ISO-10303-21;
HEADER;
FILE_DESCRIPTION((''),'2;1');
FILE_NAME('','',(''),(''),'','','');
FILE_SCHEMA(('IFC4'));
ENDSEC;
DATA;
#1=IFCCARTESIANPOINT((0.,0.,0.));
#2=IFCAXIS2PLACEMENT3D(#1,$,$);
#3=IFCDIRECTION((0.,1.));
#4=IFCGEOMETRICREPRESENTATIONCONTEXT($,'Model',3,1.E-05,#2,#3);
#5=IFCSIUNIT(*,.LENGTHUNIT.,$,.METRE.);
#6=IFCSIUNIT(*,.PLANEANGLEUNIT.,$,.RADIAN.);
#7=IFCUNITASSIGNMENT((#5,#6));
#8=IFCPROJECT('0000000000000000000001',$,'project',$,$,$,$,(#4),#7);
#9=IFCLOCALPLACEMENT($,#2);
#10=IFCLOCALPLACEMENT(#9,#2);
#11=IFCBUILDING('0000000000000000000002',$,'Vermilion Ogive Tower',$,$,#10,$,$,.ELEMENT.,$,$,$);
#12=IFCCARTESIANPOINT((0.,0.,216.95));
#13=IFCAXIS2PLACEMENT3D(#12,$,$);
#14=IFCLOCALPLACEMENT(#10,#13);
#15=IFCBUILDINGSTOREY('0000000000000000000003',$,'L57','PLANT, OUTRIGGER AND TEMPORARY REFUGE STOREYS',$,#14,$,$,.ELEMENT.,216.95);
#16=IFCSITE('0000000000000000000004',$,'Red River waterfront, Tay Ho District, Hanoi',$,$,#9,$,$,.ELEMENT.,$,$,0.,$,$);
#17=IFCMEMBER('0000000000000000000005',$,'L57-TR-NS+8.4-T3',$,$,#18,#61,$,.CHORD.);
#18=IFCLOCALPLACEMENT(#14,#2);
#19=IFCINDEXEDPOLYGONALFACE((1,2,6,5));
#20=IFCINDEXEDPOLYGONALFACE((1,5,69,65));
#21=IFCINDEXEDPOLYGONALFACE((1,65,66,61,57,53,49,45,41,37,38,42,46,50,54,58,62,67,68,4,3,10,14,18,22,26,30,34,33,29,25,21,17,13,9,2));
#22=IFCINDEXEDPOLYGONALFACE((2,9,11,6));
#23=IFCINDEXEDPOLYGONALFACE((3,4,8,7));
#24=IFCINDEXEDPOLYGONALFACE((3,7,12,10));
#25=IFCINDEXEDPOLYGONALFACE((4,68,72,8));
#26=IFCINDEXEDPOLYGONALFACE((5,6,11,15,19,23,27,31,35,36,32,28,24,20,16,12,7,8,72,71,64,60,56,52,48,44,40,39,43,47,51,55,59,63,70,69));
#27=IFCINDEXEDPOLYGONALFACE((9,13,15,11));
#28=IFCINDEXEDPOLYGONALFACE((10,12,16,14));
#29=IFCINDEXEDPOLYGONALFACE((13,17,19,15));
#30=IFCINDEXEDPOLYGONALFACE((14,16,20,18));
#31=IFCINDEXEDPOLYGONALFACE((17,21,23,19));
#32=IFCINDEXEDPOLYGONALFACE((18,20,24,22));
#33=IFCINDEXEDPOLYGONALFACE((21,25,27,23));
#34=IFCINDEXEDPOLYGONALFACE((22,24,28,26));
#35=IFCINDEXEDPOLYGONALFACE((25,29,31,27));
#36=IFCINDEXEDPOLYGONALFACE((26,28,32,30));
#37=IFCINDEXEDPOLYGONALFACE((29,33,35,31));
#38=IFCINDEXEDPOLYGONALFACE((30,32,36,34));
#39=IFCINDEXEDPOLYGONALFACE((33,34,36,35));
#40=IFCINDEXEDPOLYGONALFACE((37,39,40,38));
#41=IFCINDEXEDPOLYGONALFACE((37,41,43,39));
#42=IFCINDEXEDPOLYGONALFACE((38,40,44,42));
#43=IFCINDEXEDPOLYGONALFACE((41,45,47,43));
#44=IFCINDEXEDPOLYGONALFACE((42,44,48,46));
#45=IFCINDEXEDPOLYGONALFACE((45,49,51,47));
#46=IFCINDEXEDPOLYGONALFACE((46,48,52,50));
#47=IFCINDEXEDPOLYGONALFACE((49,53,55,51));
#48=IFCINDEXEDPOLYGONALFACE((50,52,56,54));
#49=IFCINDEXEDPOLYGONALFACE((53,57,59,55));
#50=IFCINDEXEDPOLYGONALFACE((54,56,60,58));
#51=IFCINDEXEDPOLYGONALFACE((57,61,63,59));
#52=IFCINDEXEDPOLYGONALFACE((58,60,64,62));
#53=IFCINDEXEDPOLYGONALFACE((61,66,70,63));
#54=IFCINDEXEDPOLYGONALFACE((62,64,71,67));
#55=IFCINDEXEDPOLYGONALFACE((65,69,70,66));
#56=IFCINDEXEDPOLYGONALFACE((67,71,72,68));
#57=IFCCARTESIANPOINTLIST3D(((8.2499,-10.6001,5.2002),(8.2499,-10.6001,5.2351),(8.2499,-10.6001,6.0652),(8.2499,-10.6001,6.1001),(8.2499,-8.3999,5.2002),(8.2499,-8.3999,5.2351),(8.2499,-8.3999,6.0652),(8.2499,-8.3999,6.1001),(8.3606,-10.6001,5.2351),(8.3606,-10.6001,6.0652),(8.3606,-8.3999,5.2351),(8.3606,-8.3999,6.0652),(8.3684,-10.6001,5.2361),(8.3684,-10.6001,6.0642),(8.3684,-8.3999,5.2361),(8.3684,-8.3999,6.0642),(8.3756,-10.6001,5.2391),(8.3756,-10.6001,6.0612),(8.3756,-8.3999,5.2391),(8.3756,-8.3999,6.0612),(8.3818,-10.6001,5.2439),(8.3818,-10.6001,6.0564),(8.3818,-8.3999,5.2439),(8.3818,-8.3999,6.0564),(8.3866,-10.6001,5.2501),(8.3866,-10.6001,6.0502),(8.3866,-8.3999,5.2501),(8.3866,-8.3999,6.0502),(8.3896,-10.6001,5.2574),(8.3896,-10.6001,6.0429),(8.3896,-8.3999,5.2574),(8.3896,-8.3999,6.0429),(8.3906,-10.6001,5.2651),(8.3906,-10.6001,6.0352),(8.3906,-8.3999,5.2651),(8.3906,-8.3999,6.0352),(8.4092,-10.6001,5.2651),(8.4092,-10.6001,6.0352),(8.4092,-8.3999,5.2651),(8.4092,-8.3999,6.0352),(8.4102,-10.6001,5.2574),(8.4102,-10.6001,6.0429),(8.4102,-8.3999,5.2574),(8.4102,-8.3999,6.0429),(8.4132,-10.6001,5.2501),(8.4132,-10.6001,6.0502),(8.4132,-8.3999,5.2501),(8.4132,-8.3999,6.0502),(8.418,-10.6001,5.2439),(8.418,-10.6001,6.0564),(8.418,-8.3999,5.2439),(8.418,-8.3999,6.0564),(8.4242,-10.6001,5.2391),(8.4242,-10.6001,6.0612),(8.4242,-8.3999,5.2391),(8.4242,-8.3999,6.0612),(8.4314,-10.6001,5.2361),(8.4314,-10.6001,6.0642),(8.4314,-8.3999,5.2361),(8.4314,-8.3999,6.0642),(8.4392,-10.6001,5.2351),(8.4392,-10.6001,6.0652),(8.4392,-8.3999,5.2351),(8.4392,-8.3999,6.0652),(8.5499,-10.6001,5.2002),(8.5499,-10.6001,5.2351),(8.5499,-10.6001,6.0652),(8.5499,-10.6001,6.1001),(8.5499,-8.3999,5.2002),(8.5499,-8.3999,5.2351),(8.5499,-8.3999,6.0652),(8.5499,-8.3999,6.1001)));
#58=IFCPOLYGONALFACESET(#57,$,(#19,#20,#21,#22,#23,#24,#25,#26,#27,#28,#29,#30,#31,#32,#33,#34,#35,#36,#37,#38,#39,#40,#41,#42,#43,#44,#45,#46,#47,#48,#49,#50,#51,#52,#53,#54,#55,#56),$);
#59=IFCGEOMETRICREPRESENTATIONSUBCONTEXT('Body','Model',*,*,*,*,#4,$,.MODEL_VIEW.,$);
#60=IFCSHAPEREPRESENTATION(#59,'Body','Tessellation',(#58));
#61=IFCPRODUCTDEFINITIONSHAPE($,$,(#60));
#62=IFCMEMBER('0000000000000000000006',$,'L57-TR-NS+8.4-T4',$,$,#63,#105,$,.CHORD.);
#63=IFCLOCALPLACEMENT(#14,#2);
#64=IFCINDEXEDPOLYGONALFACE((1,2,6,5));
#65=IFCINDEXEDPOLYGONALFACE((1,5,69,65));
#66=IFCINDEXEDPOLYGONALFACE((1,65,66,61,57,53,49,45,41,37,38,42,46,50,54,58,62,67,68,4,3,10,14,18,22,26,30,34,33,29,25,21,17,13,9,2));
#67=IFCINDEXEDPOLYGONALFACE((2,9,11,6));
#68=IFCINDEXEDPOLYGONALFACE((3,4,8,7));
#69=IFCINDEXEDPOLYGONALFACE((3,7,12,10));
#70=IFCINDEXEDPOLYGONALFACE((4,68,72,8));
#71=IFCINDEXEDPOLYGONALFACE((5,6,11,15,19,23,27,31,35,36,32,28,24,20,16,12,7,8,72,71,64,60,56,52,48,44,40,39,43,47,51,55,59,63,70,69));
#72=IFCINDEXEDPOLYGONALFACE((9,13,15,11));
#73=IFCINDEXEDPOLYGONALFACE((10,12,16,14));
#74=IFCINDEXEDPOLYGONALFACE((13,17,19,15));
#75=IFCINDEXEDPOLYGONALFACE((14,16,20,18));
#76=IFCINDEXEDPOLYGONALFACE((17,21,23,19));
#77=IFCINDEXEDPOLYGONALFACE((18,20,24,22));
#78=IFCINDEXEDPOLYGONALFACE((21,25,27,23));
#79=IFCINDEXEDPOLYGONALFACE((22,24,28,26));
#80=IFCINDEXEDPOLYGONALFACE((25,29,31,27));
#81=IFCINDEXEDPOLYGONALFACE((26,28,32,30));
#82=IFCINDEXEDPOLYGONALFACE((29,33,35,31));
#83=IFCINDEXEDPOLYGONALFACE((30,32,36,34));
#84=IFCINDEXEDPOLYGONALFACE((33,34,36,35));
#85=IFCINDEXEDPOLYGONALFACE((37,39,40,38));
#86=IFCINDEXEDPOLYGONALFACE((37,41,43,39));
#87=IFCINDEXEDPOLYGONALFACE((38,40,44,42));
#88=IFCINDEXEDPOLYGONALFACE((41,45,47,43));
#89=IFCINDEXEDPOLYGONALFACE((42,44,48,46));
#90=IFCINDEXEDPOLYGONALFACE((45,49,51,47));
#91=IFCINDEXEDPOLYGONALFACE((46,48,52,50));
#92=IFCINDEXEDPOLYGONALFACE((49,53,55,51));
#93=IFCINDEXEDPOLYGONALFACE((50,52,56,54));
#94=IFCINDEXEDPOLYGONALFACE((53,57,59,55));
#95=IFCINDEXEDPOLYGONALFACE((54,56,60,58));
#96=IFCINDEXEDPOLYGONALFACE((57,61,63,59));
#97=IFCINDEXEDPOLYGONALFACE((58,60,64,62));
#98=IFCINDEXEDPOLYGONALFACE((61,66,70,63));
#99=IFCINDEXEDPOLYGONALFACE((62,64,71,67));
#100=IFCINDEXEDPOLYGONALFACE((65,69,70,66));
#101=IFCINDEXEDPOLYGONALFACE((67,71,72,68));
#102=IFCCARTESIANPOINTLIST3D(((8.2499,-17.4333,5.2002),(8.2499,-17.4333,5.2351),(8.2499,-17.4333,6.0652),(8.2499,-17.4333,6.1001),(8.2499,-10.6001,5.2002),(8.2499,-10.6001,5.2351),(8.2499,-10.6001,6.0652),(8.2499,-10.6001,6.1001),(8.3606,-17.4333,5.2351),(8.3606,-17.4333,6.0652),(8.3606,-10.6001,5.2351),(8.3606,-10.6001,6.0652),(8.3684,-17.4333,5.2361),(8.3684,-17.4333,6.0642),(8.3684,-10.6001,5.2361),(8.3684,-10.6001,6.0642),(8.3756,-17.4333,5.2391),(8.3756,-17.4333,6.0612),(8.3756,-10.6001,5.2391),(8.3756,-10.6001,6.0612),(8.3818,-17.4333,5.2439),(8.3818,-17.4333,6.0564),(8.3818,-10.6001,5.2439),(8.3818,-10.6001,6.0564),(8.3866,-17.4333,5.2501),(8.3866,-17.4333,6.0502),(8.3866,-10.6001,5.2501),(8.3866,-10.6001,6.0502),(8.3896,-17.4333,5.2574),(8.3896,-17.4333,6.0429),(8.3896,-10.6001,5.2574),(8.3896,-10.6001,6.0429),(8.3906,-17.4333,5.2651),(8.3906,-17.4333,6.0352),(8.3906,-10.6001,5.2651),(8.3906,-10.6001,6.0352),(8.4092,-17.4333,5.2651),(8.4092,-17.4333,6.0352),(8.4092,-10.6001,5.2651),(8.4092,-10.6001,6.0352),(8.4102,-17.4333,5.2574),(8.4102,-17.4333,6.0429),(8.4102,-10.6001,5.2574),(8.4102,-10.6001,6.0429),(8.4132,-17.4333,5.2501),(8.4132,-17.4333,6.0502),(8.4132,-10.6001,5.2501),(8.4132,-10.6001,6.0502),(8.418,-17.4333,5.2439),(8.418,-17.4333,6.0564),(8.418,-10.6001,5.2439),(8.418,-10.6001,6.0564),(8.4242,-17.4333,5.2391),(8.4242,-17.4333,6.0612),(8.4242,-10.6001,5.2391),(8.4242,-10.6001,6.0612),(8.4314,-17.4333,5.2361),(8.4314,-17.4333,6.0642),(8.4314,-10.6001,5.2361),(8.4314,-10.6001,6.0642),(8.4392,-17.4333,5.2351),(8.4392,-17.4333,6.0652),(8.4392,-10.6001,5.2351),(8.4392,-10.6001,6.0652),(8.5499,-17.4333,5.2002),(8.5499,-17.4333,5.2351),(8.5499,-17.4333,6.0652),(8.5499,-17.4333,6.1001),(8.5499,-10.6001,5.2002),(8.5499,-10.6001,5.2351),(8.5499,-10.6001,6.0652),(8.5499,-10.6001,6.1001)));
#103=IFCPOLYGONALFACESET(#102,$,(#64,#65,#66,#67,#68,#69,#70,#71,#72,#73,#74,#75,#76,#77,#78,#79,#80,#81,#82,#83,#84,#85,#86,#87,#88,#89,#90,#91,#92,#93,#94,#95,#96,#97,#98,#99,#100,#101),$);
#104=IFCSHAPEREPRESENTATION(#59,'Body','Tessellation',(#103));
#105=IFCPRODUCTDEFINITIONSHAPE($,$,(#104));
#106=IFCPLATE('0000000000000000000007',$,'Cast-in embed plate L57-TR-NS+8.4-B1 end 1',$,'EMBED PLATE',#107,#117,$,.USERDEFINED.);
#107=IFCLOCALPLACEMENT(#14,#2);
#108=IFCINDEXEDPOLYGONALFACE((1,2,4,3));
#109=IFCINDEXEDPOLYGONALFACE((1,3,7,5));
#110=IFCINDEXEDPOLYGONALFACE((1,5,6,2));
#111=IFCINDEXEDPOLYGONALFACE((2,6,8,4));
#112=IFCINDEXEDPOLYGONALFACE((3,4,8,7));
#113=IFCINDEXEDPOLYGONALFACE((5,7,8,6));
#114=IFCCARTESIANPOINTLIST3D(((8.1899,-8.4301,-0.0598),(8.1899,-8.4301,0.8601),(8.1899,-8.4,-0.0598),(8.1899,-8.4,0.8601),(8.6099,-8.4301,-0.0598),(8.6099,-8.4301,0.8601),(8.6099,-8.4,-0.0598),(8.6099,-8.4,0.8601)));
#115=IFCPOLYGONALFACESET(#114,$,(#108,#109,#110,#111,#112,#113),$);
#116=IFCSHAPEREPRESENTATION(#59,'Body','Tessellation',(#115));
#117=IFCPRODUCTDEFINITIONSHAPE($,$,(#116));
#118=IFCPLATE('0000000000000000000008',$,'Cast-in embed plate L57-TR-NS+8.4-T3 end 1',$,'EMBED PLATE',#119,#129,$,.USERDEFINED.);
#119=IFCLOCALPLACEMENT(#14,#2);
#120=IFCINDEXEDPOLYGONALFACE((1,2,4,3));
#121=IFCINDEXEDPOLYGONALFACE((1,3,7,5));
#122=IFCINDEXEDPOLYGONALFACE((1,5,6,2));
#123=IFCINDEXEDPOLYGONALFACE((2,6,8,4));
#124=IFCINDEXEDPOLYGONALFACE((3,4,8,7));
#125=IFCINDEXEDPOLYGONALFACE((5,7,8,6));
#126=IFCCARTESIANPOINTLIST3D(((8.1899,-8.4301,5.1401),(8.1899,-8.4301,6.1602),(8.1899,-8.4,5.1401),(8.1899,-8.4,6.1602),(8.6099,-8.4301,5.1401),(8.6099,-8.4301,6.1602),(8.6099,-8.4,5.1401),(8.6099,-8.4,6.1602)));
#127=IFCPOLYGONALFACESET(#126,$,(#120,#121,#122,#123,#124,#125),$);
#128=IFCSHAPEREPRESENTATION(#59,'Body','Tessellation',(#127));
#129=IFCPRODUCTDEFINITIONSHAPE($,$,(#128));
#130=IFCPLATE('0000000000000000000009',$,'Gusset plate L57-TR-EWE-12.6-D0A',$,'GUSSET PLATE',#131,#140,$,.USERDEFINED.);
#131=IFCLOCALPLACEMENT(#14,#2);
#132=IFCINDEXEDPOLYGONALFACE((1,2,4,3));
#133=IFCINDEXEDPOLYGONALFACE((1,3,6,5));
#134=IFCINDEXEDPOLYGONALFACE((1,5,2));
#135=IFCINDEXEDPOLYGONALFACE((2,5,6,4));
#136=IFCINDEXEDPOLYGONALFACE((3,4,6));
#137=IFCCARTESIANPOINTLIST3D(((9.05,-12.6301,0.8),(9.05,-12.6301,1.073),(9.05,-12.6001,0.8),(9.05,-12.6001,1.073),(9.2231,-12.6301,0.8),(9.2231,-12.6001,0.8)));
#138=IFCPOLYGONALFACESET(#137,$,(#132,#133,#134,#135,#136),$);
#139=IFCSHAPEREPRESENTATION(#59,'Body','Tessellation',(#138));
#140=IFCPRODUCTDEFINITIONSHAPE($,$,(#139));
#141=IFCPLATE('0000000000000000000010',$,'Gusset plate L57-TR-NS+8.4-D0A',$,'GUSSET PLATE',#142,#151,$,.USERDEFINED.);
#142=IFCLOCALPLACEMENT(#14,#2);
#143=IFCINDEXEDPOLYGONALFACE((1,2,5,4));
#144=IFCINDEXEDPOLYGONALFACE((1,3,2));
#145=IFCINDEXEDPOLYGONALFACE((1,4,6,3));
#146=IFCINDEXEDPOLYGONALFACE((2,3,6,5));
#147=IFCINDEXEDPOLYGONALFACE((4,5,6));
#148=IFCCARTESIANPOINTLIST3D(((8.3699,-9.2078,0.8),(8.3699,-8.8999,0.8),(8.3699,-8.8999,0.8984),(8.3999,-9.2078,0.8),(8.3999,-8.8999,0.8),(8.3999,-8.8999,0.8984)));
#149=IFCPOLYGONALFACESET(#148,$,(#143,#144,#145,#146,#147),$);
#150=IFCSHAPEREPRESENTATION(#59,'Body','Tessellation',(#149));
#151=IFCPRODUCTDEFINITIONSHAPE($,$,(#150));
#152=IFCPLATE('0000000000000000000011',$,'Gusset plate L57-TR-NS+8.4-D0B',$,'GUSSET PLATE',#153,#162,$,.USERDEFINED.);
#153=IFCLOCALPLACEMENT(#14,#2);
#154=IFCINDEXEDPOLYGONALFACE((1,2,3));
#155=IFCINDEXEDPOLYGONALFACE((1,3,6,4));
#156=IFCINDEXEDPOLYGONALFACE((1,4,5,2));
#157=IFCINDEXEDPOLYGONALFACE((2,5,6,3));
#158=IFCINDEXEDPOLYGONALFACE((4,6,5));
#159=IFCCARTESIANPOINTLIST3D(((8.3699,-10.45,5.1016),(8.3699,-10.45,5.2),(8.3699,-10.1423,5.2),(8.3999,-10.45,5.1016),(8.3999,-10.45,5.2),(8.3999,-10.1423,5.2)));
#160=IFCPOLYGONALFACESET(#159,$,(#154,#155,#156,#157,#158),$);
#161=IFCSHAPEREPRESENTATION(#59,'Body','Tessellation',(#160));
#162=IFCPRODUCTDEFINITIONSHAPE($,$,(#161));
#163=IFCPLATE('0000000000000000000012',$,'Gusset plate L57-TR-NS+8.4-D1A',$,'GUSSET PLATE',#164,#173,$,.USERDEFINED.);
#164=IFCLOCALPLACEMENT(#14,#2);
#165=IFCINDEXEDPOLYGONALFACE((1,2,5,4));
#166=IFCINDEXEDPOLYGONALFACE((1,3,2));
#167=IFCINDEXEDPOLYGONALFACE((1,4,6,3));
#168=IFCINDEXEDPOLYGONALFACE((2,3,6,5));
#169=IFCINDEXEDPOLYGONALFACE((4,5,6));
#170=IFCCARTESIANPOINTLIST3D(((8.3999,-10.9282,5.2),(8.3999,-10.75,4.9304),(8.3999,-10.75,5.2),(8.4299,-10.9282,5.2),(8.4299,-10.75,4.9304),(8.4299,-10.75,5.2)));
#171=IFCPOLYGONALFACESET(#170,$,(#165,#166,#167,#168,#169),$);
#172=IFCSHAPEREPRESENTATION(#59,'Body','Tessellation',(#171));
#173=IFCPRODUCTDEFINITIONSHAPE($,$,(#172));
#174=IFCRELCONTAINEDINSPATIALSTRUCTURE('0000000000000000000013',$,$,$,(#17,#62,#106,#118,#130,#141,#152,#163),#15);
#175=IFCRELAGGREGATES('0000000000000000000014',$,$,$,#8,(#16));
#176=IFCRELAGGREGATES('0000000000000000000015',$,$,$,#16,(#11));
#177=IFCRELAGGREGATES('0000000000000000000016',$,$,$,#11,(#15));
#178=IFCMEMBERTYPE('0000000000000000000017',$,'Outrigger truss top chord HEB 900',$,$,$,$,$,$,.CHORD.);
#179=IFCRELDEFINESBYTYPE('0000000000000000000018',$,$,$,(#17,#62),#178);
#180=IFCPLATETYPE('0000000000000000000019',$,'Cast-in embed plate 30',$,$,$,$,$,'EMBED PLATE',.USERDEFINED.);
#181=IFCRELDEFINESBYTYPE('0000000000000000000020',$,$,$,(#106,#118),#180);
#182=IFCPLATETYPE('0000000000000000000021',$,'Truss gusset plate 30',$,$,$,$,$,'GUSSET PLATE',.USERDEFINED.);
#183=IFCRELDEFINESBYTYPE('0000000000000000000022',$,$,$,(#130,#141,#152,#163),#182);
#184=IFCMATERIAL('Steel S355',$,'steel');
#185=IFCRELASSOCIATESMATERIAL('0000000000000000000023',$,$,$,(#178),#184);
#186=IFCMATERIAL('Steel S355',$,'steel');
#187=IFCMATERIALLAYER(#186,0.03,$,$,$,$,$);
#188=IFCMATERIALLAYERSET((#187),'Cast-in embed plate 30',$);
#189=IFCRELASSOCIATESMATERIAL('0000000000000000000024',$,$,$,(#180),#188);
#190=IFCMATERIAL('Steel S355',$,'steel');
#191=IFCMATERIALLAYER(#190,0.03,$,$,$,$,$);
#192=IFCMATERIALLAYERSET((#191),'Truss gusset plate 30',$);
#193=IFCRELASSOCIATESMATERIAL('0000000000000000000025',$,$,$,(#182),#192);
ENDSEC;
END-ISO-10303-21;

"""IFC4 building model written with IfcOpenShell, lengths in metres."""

from ifc_helpers import new_model, si_unit, direction, frame, origin, origin_2d, place, context, subcontext, project, spatial, polyline, rectangle, i_section, outline, extrude, material, layer, layer_set, material_profile, profile_set, type_object, element, save


model = new_model("IFC4")

# Units and contexts
model_context = context("Model", 3, precision=1e-05, world=origin(), true_north=direction((0.0, 1.0)))
body_context = subcontext(model_context, "Body", "Model", "MODEL_VIEW")
ifc_project = project(units=[si_unit("LENGTHUNIT", "METRE"), si_unit("PLANEANGLEUNIT", "RADIAN")], contexts=[model_context])

# Site, building, storey
site_placement = place(None, origin())
site = spatial("IfcSite", under=ifc_project, at=site_placement, Name="Red River waterfront, Tay Ho District, Hanoi", CompositionType="ELEMENT", RefElevation=0.0)
building_placement = place(site_placement, origin())
building = spatial("IfcBuilding", under=site, at=building_placement, Name="Vermilion Ogive Tower", CompositionType="ELEMENT")
storey_placement = place(building_placement, frame((0.0, 0.0, 216.95)))
storey = spatial("IfcBuildingStorey", under=building, at=storey_placement, Name="L57", Description="PLANT, OUTRIGGER AND TEMPORARY REFUGE STOREYS", CompositionType="ELEMENT", Elevation=216.95)

# Members
ifc_material_1 = material(Name="Steel S355", Category="steel")
ifc_material_profile_1 = material_profile(ifc_material_1, i_section(OverallWidth=0.3, OverallDepth=0.8999, WebThickness=0.0186, FlangeThickness=0.0349, FilletRadius=0.03, at=origin_2d()), Name="HEB 900")
ifc_profile_set_1 = profile_set([ifc_material_profile_1], Name="Steel S355")
member_type_1 = type_object("IfcMemberType", Name="Outrigger truss top chord HEB 900", PredefinedType="CHORD", material=ifc_profile_set_1)
member_1_placement = place(storey_placement, frame((8.3999, -8.3999, 5.6501), z_axis=(0.0, -1.0, 0.0), x_axis=(1.0, 0.0, 0.0)))
element("IfcMember", 1, at=member_1_placement, inside=storey, type_object=member_type_1, Name="L57-TR-NS+8.4-T3", PredefinedType="CHORD", context=body_context, shape_type="SweptSolid", body=[
    extrude(i_section(OverallWidth=0.3, OverallDepth=0.8999, WebThickness=0.0186, FlangeThickness=0.0349, FilletRadius=0.03, at=origin_2d()), origin(), (0.0, 0.0, 1.0), 2.2002),
])
member_2_placement = place(storey_placement, frame((8.3999, -10.6001, 5.6501), z_axis=(0.0, -1.0, 0.0), x_axis=(1.0, 0.0, 0.0)))
element("IfcMember", 2, at=member_2_placement, inside=storey, type_object=member_type_1, Name="L57-TR-NS+8.4-T4", PredefinedType="CHORD", context=body_context, shape_type="SweptSolid", body=[
    extrude(i_section(OverallWidth=0.3, OverallDepth=0.8999, WebThickness=0.0186, FlangeThickness=0.0349, FilletRadius=0.03, at=origin_2d()), origin(), (0.0, 0.0, 1.0), 6.8333),
])

# Plates
ifc_material_2 = material(Name="Steel S355", Category="steel")
ifc_layer_1 = layer(ifc_material_2, 0.03)
ifc_layer_set_1 = layer_set([ifc_layer_1], Name="Cast-in embed plate 30")
plate_type_1 = type_object("IfcPlateType", Name="Cast-in embed plate 30", ElementType="EMBED PLATE", PredefinedType="USERDEFINED", material=ifc_layer_set_1)
plate_1_placement = place(storey_placement, frame((8.3999, -8.415, -0.0598), z_axis=(0.0, 0.0, 1.0), x_axis=(1.0, 0.0, 0.0)))
element("IfcPlate", 3, at=plate_1_placement, inside=storey, type_object=plate_type_1, Name="Cast-in embed plate L57-TR-NS+8.4-B1 end 1", ObjectType="EMBED PLATE", PredefinedType="USERDEFINED", context=body_context, shape_type="SweptSolid", body=[
    extrude(rectangle(XDim=0.4199, YDim=0.03, at=origin_2d()), origin(), (0.0, 0.0, 1.0), 0.9199),
])
plate_2_placement = place(storey_placement, frame((8.3999, -8.415, 5.1401), z_axis=(0.0, 0.0, 1.0), x_axis=(1.0, 0.0, 0.0)))
element("IfcPlate", 4, at=plate_2_placement, inside=storey, type_object=plate_type_1, Name="Cast-in embed plate L57-TR-NS+8.4-T3 end 1", ObjectType="EMBED PLATE", PredefinedType="USERDEFINED", context=body_context, shape_type="SweptSolid", body=[
    extrude(rectangle(XDim=0.4199, YDim=0.03, at=origin_2d()), origin(), (0.0, 0.0, 1.0), 1.02),
])
ifc_material_3 = material(Name="Steel S355", Category="steel")
ifc_layer_2 = layer(ifc_material_3, 0.03)
ifc_layer_set_2 = layer_set([ifc_layer_2], Name="Truss gusset plate 30")
plate_type_2 = type_object("IfcPlateType", Name="Truss gusset plate 30", ElementType="GUSSET PLATE", PredefinedType="USERDEFINED", material=ifc_layer_set_2)
plate_3_placement = place(storey_placement, frame((9.05, -12.6001, 1.073), z_axis=(0.0, 1.0, 0.0), x_axis=(0.535555, 0.0, -0.8445)))
element("IfcPlate", 5, at=plate_3_placement, inside=storey, type_object=plate_type_2, Name="Gusset plate L57-TR-EWE-12.6-D0A", ObjectType="GUSSET PLATE", PredefinedType="USERDEFINED", context=body_context, shape_type="SweptSolid", body=[
    extrude(outline(polyline([(0.0, 0.0), (0.3232, 0.0), (0.2305, 0.1462), (0.0, 0.0)])), origin(), (0.0, 0.0, -1.0), 0.03),
])
plate_4_placement = place(storey_placement, frame((8.3999, -8.8999, 0.8984), z_axis=(1.0, 0.0, 0.0), x_axis=(0.0, -0.952538, -0.304419)))
element("IfcPlate", 6, at=plate_4_placement, inside=storey, type_object=plate_type_2, Name="Gusset plate L57-TR-NS+8.4-D0A", ObjectType="GUSSET PLATE", PredefinedType="USERDEFINED", context=body_context, shape_type="SweptSolid", body=[
    extrude(outline(polyline([(0.0, 0.0), (0.3232, 0.0), (0.03, 0.0937), (0.0, 0.0)])), origin(), (0.0, 0.0, -1.0), 0.03),
])
plate_5_placement = place(storey_placement, frame((8.3999, -10.45, 5.1016), z_axis=(1.0, 0.0, 0.0), x_axis=(0.0, 0.952468, 0.304639)))
element("IfcPlate", 7, at=plate_5_placement, inside=storey, type_object=plate_type_2, Name="Gusset plate L57-TR-NS+8.4-D0B", ObjectType="GUSSET PLATE", PredefinedType="USERDEFINED", context=body_context, shape_type="SweptSolid", body=[
    extrude(outline(polyline([(0.0, 0.0), (0.323, 0.0), (0.03, 0.0937), (0.0, 0.0)])), origin(), (0.0, 0.0, -1.0), 0.03),
])
plate_6_placement = place(storey_placement, frame((8.3999, -10.75, 4.9304), z_axis=(-1.0, 0.0, 0.0), x_axis=(0.0, -0.551558, 0.834137)))
element("IfcPlate", 8, at=plate_6_placement, inside=storey, type_object=plate_type_2, Name="Gusset plate L57-TR-NS+8.4-D1A", ObjectType="GUSSET PLATE", PredefinedType="USERDEFINED", context=body_context, shape_type="SweptSolid", body=[
    extrude(outline(polyline([(0.0, 0.0), (0.3231, 0.0), (0.2248, 0.1487), (0.0, 0.0)])), origin(), (0.0, 0.0, -1.0), 0.03),
])

save(model, "model.ifc")
